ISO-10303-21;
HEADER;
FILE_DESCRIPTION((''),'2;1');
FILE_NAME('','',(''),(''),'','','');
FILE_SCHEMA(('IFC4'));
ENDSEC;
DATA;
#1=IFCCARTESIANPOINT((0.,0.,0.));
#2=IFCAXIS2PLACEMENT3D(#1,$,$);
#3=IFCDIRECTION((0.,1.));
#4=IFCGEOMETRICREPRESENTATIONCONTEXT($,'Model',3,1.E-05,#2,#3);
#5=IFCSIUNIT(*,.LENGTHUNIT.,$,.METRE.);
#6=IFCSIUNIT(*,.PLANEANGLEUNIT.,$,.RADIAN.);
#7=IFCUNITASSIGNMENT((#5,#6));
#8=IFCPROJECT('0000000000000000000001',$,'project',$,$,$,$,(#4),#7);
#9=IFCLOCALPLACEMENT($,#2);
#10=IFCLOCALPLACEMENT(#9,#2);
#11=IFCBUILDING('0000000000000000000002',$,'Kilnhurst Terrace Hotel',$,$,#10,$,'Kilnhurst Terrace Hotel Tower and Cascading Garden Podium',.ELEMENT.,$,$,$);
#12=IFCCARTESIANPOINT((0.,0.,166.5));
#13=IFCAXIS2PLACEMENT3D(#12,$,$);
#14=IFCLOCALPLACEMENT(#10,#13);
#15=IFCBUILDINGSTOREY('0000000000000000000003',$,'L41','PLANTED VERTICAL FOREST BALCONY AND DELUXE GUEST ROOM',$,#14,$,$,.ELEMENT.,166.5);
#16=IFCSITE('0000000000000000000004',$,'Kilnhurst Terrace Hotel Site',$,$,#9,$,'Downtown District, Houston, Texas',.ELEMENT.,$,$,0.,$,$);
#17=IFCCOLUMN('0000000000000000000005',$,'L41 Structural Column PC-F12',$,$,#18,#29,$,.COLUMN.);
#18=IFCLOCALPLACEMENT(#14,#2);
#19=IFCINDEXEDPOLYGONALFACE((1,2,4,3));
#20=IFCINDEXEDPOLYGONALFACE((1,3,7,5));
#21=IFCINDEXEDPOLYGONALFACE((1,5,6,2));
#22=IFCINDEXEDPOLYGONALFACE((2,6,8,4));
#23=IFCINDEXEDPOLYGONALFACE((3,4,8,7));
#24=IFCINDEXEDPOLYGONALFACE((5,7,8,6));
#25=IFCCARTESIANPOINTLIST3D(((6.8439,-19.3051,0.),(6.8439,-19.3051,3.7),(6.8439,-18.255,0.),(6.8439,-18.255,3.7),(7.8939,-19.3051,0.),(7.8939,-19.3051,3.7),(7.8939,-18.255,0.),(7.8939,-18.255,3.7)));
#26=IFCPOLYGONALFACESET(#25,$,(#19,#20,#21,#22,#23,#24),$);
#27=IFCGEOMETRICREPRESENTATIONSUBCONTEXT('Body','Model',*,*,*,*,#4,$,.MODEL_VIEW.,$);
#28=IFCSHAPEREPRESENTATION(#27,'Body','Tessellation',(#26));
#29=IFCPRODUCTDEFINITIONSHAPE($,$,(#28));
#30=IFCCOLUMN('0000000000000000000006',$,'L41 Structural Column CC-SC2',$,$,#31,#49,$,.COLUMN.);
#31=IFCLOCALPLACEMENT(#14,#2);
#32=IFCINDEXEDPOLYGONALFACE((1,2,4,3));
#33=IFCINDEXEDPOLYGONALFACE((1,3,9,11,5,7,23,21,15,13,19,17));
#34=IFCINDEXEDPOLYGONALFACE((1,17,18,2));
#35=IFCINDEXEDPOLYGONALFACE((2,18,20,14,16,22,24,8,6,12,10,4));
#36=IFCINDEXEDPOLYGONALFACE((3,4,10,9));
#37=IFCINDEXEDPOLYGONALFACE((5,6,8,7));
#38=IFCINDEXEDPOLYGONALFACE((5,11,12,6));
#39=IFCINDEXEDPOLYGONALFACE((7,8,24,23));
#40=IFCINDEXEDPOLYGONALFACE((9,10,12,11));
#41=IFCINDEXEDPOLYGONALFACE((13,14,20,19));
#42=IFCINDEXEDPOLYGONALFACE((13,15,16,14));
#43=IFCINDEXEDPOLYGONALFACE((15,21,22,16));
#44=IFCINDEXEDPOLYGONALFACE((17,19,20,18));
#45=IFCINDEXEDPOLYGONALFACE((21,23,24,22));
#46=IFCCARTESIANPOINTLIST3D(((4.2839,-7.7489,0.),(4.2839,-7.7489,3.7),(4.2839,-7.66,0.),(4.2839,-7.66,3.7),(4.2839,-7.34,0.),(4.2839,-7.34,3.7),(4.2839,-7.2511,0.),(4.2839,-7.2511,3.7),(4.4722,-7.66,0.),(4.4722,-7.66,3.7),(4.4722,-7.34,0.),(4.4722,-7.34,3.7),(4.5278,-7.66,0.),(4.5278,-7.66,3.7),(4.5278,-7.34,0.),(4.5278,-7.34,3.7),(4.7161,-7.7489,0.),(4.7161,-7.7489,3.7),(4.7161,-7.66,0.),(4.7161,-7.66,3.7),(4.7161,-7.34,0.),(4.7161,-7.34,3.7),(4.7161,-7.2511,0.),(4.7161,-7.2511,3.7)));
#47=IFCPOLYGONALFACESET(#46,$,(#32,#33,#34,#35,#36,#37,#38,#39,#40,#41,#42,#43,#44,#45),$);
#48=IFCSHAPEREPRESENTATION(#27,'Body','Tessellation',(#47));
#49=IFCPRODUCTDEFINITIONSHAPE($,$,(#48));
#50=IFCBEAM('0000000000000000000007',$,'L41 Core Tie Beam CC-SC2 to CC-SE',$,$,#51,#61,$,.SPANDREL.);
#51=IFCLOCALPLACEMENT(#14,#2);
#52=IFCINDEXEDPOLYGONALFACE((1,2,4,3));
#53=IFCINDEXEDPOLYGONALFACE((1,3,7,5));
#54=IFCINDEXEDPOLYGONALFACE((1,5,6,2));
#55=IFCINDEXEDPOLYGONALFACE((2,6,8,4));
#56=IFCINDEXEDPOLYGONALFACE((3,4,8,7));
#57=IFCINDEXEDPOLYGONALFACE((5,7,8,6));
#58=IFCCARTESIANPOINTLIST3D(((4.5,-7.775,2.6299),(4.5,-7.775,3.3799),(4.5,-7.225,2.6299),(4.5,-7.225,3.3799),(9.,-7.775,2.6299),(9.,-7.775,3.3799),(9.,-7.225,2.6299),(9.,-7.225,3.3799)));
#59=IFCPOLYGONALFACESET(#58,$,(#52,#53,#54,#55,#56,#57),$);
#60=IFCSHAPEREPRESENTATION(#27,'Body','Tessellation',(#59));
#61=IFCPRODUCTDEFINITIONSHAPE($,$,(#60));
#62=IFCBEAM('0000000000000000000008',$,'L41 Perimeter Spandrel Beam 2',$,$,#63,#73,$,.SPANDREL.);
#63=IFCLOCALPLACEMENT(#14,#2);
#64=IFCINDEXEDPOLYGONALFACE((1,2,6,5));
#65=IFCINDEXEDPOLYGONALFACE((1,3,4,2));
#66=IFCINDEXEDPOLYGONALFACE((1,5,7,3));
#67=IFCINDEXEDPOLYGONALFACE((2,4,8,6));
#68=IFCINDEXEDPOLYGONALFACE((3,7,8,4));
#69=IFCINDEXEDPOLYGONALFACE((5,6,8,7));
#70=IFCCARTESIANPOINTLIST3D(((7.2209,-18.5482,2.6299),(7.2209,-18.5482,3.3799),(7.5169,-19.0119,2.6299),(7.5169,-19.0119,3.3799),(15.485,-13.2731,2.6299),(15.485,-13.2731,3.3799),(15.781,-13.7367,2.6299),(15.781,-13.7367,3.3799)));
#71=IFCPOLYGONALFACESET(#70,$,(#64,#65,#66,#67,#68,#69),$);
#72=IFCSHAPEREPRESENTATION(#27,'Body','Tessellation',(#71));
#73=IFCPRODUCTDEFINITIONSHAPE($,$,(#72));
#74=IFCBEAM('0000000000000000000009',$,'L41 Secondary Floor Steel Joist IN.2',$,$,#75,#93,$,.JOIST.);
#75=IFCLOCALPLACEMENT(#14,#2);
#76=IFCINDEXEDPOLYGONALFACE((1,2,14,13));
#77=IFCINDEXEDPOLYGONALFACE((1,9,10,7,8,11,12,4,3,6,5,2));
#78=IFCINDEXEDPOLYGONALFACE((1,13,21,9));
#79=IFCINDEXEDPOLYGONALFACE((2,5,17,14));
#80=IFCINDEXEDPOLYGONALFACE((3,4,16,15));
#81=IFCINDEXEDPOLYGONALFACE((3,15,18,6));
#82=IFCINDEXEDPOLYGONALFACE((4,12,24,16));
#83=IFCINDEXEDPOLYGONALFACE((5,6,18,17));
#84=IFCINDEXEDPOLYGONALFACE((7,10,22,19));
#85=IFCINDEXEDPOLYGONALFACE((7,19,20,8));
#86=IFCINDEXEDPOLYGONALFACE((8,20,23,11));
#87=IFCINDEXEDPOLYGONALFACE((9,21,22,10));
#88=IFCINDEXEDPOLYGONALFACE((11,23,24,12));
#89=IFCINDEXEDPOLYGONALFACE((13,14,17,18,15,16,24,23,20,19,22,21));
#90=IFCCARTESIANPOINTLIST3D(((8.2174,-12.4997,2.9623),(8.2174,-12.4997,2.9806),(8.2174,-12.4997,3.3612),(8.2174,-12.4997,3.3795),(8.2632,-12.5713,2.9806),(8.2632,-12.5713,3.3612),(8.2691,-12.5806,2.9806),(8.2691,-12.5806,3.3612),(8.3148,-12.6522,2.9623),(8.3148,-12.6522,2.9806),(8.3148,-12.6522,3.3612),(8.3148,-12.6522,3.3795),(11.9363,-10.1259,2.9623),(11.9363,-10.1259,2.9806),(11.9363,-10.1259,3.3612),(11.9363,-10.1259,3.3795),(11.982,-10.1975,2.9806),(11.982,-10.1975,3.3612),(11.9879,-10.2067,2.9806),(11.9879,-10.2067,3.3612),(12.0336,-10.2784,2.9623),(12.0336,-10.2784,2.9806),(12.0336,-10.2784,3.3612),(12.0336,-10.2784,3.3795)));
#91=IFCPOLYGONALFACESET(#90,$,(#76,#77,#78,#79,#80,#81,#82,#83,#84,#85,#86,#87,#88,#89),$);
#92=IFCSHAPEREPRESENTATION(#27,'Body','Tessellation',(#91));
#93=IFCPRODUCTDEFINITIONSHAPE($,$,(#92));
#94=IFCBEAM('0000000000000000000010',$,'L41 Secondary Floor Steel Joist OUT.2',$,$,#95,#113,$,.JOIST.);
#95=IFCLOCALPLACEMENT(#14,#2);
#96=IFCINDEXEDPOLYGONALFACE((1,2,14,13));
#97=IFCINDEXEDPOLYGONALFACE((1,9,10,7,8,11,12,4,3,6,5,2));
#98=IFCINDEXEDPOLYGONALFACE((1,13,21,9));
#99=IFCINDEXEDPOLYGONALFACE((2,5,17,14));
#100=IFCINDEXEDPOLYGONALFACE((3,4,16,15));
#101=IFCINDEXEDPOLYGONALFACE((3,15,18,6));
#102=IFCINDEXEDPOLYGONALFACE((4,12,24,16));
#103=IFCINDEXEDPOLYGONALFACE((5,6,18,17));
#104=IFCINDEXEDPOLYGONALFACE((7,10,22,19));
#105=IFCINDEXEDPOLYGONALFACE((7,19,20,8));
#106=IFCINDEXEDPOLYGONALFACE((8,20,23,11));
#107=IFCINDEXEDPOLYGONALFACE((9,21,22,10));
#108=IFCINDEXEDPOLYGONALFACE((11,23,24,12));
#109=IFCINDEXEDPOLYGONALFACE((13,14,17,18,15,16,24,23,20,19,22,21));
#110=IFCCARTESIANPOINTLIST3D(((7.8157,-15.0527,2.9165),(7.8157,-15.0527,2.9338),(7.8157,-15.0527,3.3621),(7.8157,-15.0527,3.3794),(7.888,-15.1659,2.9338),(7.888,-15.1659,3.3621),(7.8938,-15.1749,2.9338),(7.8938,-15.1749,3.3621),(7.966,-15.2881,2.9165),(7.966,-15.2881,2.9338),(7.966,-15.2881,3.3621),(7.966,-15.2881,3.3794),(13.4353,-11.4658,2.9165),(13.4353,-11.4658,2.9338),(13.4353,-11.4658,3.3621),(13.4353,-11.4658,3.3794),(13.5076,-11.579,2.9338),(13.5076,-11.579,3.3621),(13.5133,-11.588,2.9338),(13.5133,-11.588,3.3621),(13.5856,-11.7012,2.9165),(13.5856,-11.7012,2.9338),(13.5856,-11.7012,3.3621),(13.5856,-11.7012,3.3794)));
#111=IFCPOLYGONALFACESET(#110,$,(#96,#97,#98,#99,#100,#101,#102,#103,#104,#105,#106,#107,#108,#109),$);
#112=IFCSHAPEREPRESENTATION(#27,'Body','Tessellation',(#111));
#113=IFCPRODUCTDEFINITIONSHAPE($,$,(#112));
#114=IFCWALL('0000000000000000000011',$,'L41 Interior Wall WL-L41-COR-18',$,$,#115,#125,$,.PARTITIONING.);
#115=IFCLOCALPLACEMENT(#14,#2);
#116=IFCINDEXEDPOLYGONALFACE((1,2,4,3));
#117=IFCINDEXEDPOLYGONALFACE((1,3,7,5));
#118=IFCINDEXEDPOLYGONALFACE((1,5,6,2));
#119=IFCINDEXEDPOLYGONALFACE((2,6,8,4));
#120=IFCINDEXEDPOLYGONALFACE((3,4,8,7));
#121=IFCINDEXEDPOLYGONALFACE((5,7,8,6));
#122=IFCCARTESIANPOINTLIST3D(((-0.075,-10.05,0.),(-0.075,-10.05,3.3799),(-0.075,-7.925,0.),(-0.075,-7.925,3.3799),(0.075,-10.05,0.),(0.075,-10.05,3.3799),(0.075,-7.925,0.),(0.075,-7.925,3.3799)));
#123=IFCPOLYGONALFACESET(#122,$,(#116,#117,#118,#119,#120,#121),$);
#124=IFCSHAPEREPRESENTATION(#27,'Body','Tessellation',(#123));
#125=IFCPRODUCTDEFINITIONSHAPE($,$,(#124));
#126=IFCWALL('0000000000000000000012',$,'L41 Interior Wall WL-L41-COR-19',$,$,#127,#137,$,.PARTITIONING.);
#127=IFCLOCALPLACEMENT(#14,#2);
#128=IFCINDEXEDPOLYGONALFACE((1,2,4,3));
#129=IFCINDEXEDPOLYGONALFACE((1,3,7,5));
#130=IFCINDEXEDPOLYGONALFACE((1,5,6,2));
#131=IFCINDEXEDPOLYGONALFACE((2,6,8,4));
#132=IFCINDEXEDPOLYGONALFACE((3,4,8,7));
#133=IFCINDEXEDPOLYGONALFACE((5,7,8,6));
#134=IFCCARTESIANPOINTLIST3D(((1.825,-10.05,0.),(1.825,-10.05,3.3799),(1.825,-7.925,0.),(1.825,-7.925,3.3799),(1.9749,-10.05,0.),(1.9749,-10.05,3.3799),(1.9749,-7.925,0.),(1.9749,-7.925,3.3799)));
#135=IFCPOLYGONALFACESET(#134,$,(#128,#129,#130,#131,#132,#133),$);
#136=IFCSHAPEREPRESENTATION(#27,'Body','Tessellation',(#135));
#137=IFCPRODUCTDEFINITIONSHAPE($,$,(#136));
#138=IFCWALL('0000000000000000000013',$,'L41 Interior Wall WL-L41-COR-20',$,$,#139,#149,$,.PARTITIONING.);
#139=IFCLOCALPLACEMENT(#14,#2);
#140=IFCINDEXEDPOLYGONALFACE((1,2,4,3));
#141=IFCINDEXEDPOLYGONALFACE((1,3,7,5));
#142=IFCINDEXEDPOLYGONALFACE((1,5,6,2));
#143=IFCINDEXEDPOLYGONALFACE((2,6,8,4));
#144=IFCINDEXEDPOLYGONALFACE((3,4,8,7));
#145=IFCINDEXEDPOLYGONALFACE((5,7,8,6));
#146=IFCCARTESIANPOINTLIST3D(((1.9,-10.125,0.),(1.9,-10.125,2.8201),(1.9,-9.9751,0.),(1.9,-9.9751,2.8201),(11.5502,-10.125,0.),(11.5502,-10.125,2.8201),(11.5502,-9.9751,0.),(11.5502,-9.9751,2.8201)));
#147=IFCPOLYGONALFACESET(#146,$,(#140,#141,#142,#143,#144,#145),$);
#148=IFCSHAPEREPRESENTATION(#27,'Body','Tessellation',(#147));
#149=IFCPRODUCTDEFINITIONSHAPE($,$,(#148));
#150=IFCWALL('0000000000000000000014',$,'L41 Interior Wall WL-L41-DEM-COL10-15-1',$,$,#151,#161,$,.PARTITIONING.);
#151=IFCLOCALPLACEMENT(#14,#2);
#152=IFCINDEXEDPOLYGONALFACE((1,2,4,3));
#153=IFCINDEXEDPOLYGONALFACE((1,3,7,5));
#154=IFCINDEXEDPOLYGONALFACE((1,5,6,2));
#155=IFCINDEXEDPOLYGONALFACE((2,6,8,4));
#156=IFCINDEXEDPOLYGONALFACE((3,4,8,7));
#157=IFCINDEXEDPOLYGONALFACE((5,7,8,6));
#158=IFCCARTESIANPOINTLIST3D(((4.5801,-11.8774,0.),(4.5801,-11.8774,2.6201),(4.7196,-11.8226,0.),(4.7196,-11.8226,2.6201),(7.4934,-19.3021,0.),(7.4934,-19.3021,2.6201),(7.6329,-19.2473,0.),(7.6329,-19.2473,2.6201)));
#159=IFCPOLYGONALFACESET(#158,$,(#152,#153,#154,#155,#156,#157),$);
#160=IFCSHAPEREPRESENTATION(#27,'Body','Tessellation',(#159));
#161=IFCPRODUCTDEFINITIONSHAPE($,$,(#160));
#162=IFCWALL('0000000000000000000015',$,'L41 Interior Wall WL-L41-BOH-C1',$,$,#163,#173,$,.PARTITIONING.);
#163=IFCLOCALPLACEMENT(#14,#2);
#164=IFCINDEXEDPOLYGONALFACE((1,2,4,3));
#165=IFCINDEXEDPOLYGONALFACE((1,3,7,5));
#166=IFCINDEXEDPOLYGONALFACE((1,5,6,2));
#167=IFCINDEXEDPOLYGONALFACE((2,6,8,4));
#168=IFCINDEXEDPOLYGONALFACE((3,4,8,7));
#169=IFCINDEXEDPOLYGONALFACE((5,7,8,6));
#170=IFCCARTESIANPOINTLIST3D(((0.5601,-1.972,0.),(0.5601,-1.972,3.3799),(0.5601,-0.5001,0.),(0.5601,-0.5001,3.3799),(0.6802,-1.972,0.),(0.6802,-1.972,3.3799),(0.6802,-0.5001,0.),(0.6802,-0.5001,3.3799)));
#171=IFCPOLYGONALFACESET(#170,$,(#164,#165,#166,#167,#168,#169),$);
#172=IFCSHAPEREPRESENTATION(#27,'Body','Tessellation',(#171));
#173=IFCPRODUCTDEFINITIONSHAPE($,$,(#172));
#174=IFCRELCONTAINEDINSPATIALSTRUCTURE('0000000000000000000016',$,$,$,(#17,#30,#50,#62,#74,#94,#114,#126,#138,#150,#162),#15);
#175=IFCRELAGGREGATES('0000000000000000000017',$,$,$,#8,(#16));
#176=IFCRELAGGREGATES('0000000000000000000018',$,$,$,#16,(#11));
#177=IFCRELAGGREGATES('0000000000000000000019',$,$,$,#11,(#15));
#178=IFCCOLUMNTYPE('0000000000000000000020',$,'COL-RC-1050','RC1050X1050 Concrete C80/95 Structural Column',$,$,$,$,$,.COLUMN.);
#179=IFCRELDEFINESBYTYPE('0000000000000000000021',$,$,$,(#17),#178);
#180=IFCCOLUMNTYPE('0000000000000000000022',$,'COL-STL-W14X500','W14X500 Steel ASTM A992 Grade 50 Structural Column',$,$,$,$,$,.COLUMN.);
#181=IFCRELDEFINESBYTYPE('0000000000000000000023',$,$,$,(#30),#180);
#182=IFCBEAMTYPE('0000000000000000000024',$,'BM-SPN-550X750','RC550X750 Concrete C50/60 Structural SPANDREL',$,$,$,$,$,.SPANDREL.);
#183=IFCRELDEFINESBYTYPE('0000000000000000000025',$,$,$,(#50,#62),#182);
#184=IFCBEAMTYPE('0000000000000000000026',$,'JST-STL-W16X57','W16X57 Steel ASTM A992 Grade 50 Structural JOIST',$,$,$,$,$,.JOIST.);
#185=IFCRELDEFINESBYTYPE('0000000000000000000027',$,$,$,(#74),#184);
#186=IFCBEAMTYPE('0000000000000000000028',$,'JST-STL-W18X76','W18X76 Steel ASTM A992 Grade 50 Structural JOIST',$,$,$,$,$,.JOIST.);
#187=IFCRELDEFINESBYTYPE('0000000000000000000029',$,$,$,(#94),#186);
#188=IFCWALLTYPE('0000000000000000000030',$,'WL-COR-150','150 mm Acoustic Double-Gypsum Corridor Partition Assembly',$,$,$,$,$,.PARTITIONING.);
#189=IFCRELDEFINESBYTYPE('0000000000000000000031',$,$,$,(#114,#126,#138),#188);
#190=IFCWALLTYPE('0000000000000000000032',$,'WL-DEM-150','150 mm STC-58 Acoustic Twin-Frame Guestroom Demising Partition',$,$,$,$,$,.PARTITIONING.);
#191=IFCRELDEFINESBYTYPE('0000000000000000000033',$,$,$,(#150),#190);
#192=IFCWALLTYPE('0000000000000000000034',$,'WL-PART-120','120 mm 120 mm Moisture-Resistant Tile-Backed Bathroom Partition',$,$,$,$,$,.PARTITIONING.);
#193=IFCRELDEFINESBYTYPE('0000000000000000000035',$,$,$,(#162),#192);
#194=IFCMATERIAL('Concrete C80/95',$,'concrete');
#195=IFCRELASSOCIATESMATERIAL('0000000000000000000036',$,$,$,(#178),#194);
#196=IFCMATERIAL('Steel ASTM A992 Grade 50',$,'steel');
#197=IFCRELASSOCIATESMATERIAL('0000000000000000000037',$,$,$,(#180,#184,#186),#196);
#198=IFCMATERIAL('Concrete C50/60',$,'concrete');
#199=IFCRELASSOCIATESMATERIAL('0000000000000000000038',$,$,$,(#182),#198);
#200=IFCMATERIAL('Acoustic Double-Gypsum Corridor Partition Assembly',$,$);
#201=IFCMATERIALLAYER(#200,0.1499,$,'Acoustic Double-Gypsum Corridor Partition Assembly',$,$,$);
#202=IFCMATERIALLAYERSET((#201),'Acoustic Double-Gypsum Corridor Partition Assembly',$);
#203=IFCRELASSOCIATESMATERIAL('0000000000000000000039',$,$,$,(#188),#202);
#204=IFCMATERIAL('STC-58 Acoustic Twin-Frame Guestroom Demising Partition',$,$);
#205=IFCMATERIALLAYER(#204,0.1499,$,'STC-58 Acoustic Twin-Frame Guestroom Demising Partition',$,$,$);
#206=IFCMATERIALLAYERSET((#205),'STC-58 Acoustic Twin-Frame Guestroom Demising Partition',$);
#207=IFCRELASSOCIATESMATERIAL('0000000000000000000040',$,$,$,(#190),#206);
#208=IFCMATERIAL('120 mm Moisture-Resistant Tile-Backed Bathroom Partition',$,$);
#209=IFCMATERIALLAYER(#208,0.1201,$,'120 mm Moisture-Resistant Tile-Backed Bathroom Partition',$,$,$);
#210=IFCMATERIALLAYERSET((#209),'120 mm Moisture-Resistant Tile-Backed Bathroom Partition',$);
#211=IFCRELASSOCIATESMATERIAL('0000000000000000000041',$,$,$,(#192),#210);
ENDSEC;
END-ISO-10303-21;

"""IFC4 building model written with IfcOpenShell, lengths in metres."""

from ifc_helpers import new_model, si_unit, direction, frame, frame_2d, origin, origin_2d, place, context, subcontext, project, spatial, rectangle, i_section, extrude, material, layer, layer_set, material_profile, profile_set, type_object, element, save


model = new_model("IFC4")

# Units and contexts
model_context = context("Model", 3, precision=1e-05, world=origin(), true_north=direction((0.0, 1.0)))
body_context = subcontext(model_context, "Body", "Model", "MODEL_VIEW")
ifc_project = project(units=[si_unit("LENGTHUNIT", "METRE"), si_unit("PLANEANGLEUNIT", "RADIAN")], contexts=[model_context])

# Site, building, storey
site_placement = place(None, origin())
site = spatial("IfcSite", under=ifc_project, at=site_placement, Name="Kilnhurst Terrace Hotel Site", LongName="Downtown District, Houston, Texas", CompositionType="ELEMENT", RefElevation=0.0)
building_placement = place(site_placement, origin())
building = spatial("IfcBuilding", under=site, at=building_placement, Name="Kilnhurst Terrace Hotel", LongName="Kilnhurst Terrace Hotel Tower and Cascading Garden Podium", CompositionType="ELEMENT")
storey_placement = place(building_placement, frame((0.0, 0.0, 166.5)))
storey = spatial("IfcBuildingStorey", under=building, at=storey_placement, Name="L41", Description="PLANTED VERTICAL FOREST BALCONY AND DELUXE GUEST ROOM", CompositionType="ELEMENT", Elevation=166.5)

# Columns
ifc_material_1 = material(Name="Concrete C80/95", Category="concrete")
ifc_material_profile_1 = material_profile(ifc_material_1, rectangle(XDim=1.05, YDim=1.05, at=origin_2d()), Name="RC1050X1050")
ifc_profile_set_1 = profile_set([ifc_material_profile_1], Name="Concrete C80/95")
column_type_1 = type_object("IfcColumnType", Name="COL-RC-1050", Description="RC1050X1050 Concrete C80/95 Structural Column", PredefinedType="COLUMN", material=ifc_profile_set_1)
column_1_placement = place(storey_placement, frame((7.3689, -18.78, 0.0), z_axis=(0.0, 0.0, 1.0), x_axis=(1.0, 0.0, 0.0)))
element("IfcColumn", 1, at=column_1_placement, inside=storey, type_object=column_type_1, Name="L41 Structural Column PC-F12", PredefinedType="COLUMN", context=body_context, shape_type="SweptSolid", body=[
    extrude(rectangle(XDim=1.05, YDim=1.05, at=origin_2d()), origin(), (0.0, 0.0, 1.0), 3.7),
])
ifc_material_2 = material(Name="Steel ASTM A992 Grade 50", Category="steel")
ifc_material_profile_2 = material_profile(ifc_material_2, i_section(OverallWidth=0.4321, OverallDepth=0.4978, WebThickness=0.0557, FlangeThickness=0.0889, at=origin_2d()), Name="W14X500")
ifc_profile_set_2 = profile_set([ifc_material_profile_2], Name="Steel ASTM A992 Grade 50")
column_type_2 = type_object("IfcColumnType", Name="COL-STL-W14X500", Description="W14X500 Steel ASTM A992 Grade 50 Structural Column", PredefinedType="COLUMN", material=ifc_profile_set_2)
column_2_placement = place(storey_placement, frame((4.5, -7.5, 0.0), z_axis=(0.0, 0.0, 1.0), x_axis=(1.0, 0.0, 0.0)))
element("IfcColumn", 2, at=column_2_placement, inside=storey, type_object=column_type_2, Name="L41 Structural Column CC-SC2", PredefinedType="COLUMN", context=body_context, shape_type="SweptSolid", body=[
    extrude(i_section(OverallWidth=0.4321, OverallDepth=0.4978, WebThickness=0.0557, FlangeThickness=0.0889, at=origin_2d()), origin(), (0.0, 0.0, 1.0), 3.7),
])

# Beams
ifc_material_3 = material(Name="Concrete C50/60", Category="concrete")
ifc_material_profile_3 = material_profile(ifc_material_3, rectangle(XDim=0.55, YDim=0.75, at=origin_2d()), Name="RC550X750")
ifc_profile_set_3 = profile_set([ifc_material_profile_3], Name="Concrete C50/60")
beam_type_1 = type_object("IfcBeamType", Name="BM-SPN-550X750", Description="RC550X750 Concrete C50/60 Structural SPANDREL", PredefinedType="SPANDREL", material=ifc_profile_set_3)
beam_1_placement = place(storey_placement, frame((4.5, -7.5, 3.0049), z_axis=(1.0, 0.0, 0.0), x_axis=(0.0, 1.0, 0.0)))
element("IfcBeam", 3, at=beam_1_placement, inside=storey, type_object=beam_type_1, Name="L41 Core Tie Beam CC-SC2 to CC-SE", PredefinedType="SPANDREL", context=body_context, shape_type="SweptSolid", body=[
    extrude(rectangle(XDim=0.55, YDim=0.75, at=origin_2d()), origin(), (0.0, 0.0, 1.0), 4.5),
])
beam_2_placement = place(storey_placement, frame((7.3689, -18.78, 3.0049), z_axis=(0.842915, 0.538046, 0.0), x_axis=(-0.538046, 0.842915, 0.0)))
element("IfcBeam", 4, at=beam_2_placement, inside=storey, type_object=beam_type_1, Name="L41 Perimeter Spandrel Beam 2", PredefinedType="SPANDREL", context=body_context, shape_type="SweptSolid", body=[
    extrude(rectangle(XDim=0.55, YDim=0.75, at=origin_2d()), origin(), (0.0, 0.0, 1.0), 9.8042),
])
ifc_material_profile_4 = material_profile(ifc_material_2, i_section(OverallWidth=0.1809, OverallDepth=0.4172, WebThickness=0.011, FlangeThickness=0.0183, at=origin_2d()), Name="W16X57")
ifc_profile_set_4 = profile_set([ifc_material_profile_4], Name="Steel ASTM A992 Grade 50")
beam_type_2 = type_object("IfcBeamType", Name="JST-STL-W16X57", Description="W16X57 Steel ASTM A992 Grade 50 Structural JOIST", PredefinedType="JOIST", material=ifc_profile_set_4)
beam_3_placement = place(storey_placement, frame((8.2661, -12.5759, 3.1709), z_axis=(0.842911, 0.538053, 0.0), x_axis=(-0.538053, 0.842911, 0.0)))
element("IfcBeam", 5, at=beam_3_placement, inside=storey, type_object=beam_type_2, Name="L41 Secondary Floor Steel Joist IN.2", PredefinedType="JOIST", context=body_context, shape_type="SweptSolid", body=[
    extrude(i_section(OverallWidth=0.1809, OverallDepth=0.4172, WebThickness=0.011, FlangeThickness=0.0183, at=origin_2d()), origin(), (0.0, 0.0, 1.0), 4.4119),
])
ifc_material_profile_5 = material_profile(ifc_material_2, i_section(OverallWidth=0.2793, OverallDepth=0.4629, WebThickness=0.0107, FlangeThickness=0.0173, at=origin_2d()), Name="W18X76")
ifc_profile_set_5 = profile_set([ifc_material_profile_5], Name="Steel ASTM A992 Grade 50")
beam_type_3 = type_object("IfcBeamType", Name="JST-STL-W18X76", Description="W18X76 Steel ASTM A992 Grade 50 Structural JOIST", PredefinedType="JOIST", material=ifc_profile_set_5)
beam_4_placement = place(storey_placement, frame((7.8909, -15.1704, 3.1479), z_axis=(0.842928, 0.538027, 0.0), x_axis=(-0.538027, 0.842928, 0.0)))
element("IfcBeam", 6, at=beam_4_placement, inside=storey, type_object=beam_type_3, Name="L41 Secondary Floor Steel Joist OUT.2", PredefinedType="JOIST", context=body_context, shape_type="SweptSolid", body=[
    extrude(i_section(OverallWidth=0.2793, OverallDepth=0.4629, WebThickness=0.0107, FlangeThickness=0.0173, at=origin_2d()), origin(), (0.0, 0.0, 1.0), 6.6667),
])

# Walls
ifc_material_4 = material(Name="Acoustic Double-Gypsum Corridor Partition Assembly")
ifc_layer_1 = layer(ifc_material_4, 0.1499, Name="Acoustic Double-Gypsum Corridor Partition Assembly")
ifc_layer_set_1 = layer_set([ifc_layer_1], Name="Acoustic Double-Gypsum Corridor Partition Assembly")
wall_type_1 = type_object("IfcWallType", Name="WL-COR-150", Description="150 mm Acoustic Double-Gypsum Corridor Partition Assembly", PredefinedType="PARTITIONING", material=ifc_layer_set_1)
for number, where, z_axis, x_axis, name in (
    (7, (0.0, -10.05, 0.0), (0.0, 0.0, 1.0), (0.0, 1.0, 0.0), "L41 Interior Wall WL-L41-COR-18"),
    (8, (1.8999, -7.925, 0.0), (0.0, 0.0, 1.0), (0.0, -1.0, 0.0), "L41 Interior Wall WL-L41-COR-19"),
):
    element("IfcWall", number, at=place(storey_placement, frame(where, z_axis=z_axis, x_axis=x_axis)), inside=storey, type_object=wall_type_1, Name=name, PredefinedType="PARTITIONING", context=body_context, shape_type="SweptSolid", body=[
        extrude(rectangle(XDim=2.125, YDim=0.1499, at=frame_2d((1.0625, 0.0))), origin(), (0.0, 0.0, 1.0), 3.3799),
    ])
wall_1_placement = place(storey_placement, frame((1.8999, -10.05, 0.0), z_axis=(0.0, 0.0, 1.0), x_axis=(1.0, 0.0, 0.0)))
element("IfcWall", 9, at=wall_1_placement, inside=storey, type_object=wall_type_1, Name="L41 Interior Wall WL-L41-COR-20", PredefinedType="PARTITIONING", context=body_context, shape_type="SweptSolid", body=[
    extrude(rectangle(XDim=9.6501, YDim=0.1499, at=frame_2d((4.8252, 0.0))), origin(), (0.0, 0.0, 1.0), 2.8201),
])
ifc_material_5 = material(Name="STC-58 Acoustic Twin-Frame Guestroom Demising Partition")
ifc_layer_2 = layer(ifc_material_5, 0.1499, Name="STC-58 Acoustic Twin-Frame Guestroom Demising Partition")
ifc_layer_set_2 = layer_set([ifc_layer_2], Name="STC-58 Acoustic Twin-Frame Guestroom Demising Partition")
wall_type_2 = type_object("IfcWallType", Name="WL-DEM-150", Description="150 mm STC-58 Acoustic Twin-Frame Guestroom Demising Partition", PredefinedType="PARTITIONING", material=ifc_layer_set_2)
wall_2_placement = place(storey_placement, frame((4.6499, -11.8501, 0.0), z_axis=(0.0, 0.0, 1.0), x_axis=(0.365266, -0.930903, 0.0)))
element("IfcWall", 10, at=wall_2_placement, inside=storey, type_object=wall_type_2, Name="L41 Interior Wall WL-L41-DEM-COL10-15-1", PredefinedType="PARTITIONING", context=body_context, shape_type="SweptSolid", body=[
    extrude(rectangle(XDim=7.9758, YDim=0.1499, at=frame_2d((3.9878, 0.0))), origin(), (0.0, 0.0, 1.0), 2.6201),
])
ifc_material_6 = material(Name="120 mm Moisture-Resistant Tile-Backed Bathroom Partition")
ifc_layer_3 = layer(ifc_material_6, 0.1201, Name="120 mm Moisture-Resistant Tile-Backed Bathroom Partition")
ifc_layer_set_3 = layer_set([ifc_layer_3], Name="120 mm Moisture-Resistant Tile-Backed Bathroom Partition")
wall_type_3 = type_object("IfcWallType", Name="WL-PART-120", Description="120 mm 120 mm Moisture-Resistant Tile-Backed Bathroom Partition", PredefinedType="PARTITIONING", material=ifc_layer_set_3)
wall_3_placement = place(storey_placement, frame((0.6201, -1.9719, 0.0), z_axis=(0.0, 0.0, 1.0), x_axis=(0.0, 1.0, 0.0)))
element("IfcWall", 11, at=wall_3_placement, inside=storey, type_object=wall_type_3, Name="L41 Interior Wall WL-L41-BOH-C1", PredefinedType="PARTITIONING", context=body_context, shape_type="SweptSolid", body=[
    extrude(rectangle(XDim=1.4719, YDim=0.1201, at=frame_2d((0.7358, 0.0))), origin(), (0.0, 0.0, 1.0), 3.3799),
])

save(model, "model.ifc")
